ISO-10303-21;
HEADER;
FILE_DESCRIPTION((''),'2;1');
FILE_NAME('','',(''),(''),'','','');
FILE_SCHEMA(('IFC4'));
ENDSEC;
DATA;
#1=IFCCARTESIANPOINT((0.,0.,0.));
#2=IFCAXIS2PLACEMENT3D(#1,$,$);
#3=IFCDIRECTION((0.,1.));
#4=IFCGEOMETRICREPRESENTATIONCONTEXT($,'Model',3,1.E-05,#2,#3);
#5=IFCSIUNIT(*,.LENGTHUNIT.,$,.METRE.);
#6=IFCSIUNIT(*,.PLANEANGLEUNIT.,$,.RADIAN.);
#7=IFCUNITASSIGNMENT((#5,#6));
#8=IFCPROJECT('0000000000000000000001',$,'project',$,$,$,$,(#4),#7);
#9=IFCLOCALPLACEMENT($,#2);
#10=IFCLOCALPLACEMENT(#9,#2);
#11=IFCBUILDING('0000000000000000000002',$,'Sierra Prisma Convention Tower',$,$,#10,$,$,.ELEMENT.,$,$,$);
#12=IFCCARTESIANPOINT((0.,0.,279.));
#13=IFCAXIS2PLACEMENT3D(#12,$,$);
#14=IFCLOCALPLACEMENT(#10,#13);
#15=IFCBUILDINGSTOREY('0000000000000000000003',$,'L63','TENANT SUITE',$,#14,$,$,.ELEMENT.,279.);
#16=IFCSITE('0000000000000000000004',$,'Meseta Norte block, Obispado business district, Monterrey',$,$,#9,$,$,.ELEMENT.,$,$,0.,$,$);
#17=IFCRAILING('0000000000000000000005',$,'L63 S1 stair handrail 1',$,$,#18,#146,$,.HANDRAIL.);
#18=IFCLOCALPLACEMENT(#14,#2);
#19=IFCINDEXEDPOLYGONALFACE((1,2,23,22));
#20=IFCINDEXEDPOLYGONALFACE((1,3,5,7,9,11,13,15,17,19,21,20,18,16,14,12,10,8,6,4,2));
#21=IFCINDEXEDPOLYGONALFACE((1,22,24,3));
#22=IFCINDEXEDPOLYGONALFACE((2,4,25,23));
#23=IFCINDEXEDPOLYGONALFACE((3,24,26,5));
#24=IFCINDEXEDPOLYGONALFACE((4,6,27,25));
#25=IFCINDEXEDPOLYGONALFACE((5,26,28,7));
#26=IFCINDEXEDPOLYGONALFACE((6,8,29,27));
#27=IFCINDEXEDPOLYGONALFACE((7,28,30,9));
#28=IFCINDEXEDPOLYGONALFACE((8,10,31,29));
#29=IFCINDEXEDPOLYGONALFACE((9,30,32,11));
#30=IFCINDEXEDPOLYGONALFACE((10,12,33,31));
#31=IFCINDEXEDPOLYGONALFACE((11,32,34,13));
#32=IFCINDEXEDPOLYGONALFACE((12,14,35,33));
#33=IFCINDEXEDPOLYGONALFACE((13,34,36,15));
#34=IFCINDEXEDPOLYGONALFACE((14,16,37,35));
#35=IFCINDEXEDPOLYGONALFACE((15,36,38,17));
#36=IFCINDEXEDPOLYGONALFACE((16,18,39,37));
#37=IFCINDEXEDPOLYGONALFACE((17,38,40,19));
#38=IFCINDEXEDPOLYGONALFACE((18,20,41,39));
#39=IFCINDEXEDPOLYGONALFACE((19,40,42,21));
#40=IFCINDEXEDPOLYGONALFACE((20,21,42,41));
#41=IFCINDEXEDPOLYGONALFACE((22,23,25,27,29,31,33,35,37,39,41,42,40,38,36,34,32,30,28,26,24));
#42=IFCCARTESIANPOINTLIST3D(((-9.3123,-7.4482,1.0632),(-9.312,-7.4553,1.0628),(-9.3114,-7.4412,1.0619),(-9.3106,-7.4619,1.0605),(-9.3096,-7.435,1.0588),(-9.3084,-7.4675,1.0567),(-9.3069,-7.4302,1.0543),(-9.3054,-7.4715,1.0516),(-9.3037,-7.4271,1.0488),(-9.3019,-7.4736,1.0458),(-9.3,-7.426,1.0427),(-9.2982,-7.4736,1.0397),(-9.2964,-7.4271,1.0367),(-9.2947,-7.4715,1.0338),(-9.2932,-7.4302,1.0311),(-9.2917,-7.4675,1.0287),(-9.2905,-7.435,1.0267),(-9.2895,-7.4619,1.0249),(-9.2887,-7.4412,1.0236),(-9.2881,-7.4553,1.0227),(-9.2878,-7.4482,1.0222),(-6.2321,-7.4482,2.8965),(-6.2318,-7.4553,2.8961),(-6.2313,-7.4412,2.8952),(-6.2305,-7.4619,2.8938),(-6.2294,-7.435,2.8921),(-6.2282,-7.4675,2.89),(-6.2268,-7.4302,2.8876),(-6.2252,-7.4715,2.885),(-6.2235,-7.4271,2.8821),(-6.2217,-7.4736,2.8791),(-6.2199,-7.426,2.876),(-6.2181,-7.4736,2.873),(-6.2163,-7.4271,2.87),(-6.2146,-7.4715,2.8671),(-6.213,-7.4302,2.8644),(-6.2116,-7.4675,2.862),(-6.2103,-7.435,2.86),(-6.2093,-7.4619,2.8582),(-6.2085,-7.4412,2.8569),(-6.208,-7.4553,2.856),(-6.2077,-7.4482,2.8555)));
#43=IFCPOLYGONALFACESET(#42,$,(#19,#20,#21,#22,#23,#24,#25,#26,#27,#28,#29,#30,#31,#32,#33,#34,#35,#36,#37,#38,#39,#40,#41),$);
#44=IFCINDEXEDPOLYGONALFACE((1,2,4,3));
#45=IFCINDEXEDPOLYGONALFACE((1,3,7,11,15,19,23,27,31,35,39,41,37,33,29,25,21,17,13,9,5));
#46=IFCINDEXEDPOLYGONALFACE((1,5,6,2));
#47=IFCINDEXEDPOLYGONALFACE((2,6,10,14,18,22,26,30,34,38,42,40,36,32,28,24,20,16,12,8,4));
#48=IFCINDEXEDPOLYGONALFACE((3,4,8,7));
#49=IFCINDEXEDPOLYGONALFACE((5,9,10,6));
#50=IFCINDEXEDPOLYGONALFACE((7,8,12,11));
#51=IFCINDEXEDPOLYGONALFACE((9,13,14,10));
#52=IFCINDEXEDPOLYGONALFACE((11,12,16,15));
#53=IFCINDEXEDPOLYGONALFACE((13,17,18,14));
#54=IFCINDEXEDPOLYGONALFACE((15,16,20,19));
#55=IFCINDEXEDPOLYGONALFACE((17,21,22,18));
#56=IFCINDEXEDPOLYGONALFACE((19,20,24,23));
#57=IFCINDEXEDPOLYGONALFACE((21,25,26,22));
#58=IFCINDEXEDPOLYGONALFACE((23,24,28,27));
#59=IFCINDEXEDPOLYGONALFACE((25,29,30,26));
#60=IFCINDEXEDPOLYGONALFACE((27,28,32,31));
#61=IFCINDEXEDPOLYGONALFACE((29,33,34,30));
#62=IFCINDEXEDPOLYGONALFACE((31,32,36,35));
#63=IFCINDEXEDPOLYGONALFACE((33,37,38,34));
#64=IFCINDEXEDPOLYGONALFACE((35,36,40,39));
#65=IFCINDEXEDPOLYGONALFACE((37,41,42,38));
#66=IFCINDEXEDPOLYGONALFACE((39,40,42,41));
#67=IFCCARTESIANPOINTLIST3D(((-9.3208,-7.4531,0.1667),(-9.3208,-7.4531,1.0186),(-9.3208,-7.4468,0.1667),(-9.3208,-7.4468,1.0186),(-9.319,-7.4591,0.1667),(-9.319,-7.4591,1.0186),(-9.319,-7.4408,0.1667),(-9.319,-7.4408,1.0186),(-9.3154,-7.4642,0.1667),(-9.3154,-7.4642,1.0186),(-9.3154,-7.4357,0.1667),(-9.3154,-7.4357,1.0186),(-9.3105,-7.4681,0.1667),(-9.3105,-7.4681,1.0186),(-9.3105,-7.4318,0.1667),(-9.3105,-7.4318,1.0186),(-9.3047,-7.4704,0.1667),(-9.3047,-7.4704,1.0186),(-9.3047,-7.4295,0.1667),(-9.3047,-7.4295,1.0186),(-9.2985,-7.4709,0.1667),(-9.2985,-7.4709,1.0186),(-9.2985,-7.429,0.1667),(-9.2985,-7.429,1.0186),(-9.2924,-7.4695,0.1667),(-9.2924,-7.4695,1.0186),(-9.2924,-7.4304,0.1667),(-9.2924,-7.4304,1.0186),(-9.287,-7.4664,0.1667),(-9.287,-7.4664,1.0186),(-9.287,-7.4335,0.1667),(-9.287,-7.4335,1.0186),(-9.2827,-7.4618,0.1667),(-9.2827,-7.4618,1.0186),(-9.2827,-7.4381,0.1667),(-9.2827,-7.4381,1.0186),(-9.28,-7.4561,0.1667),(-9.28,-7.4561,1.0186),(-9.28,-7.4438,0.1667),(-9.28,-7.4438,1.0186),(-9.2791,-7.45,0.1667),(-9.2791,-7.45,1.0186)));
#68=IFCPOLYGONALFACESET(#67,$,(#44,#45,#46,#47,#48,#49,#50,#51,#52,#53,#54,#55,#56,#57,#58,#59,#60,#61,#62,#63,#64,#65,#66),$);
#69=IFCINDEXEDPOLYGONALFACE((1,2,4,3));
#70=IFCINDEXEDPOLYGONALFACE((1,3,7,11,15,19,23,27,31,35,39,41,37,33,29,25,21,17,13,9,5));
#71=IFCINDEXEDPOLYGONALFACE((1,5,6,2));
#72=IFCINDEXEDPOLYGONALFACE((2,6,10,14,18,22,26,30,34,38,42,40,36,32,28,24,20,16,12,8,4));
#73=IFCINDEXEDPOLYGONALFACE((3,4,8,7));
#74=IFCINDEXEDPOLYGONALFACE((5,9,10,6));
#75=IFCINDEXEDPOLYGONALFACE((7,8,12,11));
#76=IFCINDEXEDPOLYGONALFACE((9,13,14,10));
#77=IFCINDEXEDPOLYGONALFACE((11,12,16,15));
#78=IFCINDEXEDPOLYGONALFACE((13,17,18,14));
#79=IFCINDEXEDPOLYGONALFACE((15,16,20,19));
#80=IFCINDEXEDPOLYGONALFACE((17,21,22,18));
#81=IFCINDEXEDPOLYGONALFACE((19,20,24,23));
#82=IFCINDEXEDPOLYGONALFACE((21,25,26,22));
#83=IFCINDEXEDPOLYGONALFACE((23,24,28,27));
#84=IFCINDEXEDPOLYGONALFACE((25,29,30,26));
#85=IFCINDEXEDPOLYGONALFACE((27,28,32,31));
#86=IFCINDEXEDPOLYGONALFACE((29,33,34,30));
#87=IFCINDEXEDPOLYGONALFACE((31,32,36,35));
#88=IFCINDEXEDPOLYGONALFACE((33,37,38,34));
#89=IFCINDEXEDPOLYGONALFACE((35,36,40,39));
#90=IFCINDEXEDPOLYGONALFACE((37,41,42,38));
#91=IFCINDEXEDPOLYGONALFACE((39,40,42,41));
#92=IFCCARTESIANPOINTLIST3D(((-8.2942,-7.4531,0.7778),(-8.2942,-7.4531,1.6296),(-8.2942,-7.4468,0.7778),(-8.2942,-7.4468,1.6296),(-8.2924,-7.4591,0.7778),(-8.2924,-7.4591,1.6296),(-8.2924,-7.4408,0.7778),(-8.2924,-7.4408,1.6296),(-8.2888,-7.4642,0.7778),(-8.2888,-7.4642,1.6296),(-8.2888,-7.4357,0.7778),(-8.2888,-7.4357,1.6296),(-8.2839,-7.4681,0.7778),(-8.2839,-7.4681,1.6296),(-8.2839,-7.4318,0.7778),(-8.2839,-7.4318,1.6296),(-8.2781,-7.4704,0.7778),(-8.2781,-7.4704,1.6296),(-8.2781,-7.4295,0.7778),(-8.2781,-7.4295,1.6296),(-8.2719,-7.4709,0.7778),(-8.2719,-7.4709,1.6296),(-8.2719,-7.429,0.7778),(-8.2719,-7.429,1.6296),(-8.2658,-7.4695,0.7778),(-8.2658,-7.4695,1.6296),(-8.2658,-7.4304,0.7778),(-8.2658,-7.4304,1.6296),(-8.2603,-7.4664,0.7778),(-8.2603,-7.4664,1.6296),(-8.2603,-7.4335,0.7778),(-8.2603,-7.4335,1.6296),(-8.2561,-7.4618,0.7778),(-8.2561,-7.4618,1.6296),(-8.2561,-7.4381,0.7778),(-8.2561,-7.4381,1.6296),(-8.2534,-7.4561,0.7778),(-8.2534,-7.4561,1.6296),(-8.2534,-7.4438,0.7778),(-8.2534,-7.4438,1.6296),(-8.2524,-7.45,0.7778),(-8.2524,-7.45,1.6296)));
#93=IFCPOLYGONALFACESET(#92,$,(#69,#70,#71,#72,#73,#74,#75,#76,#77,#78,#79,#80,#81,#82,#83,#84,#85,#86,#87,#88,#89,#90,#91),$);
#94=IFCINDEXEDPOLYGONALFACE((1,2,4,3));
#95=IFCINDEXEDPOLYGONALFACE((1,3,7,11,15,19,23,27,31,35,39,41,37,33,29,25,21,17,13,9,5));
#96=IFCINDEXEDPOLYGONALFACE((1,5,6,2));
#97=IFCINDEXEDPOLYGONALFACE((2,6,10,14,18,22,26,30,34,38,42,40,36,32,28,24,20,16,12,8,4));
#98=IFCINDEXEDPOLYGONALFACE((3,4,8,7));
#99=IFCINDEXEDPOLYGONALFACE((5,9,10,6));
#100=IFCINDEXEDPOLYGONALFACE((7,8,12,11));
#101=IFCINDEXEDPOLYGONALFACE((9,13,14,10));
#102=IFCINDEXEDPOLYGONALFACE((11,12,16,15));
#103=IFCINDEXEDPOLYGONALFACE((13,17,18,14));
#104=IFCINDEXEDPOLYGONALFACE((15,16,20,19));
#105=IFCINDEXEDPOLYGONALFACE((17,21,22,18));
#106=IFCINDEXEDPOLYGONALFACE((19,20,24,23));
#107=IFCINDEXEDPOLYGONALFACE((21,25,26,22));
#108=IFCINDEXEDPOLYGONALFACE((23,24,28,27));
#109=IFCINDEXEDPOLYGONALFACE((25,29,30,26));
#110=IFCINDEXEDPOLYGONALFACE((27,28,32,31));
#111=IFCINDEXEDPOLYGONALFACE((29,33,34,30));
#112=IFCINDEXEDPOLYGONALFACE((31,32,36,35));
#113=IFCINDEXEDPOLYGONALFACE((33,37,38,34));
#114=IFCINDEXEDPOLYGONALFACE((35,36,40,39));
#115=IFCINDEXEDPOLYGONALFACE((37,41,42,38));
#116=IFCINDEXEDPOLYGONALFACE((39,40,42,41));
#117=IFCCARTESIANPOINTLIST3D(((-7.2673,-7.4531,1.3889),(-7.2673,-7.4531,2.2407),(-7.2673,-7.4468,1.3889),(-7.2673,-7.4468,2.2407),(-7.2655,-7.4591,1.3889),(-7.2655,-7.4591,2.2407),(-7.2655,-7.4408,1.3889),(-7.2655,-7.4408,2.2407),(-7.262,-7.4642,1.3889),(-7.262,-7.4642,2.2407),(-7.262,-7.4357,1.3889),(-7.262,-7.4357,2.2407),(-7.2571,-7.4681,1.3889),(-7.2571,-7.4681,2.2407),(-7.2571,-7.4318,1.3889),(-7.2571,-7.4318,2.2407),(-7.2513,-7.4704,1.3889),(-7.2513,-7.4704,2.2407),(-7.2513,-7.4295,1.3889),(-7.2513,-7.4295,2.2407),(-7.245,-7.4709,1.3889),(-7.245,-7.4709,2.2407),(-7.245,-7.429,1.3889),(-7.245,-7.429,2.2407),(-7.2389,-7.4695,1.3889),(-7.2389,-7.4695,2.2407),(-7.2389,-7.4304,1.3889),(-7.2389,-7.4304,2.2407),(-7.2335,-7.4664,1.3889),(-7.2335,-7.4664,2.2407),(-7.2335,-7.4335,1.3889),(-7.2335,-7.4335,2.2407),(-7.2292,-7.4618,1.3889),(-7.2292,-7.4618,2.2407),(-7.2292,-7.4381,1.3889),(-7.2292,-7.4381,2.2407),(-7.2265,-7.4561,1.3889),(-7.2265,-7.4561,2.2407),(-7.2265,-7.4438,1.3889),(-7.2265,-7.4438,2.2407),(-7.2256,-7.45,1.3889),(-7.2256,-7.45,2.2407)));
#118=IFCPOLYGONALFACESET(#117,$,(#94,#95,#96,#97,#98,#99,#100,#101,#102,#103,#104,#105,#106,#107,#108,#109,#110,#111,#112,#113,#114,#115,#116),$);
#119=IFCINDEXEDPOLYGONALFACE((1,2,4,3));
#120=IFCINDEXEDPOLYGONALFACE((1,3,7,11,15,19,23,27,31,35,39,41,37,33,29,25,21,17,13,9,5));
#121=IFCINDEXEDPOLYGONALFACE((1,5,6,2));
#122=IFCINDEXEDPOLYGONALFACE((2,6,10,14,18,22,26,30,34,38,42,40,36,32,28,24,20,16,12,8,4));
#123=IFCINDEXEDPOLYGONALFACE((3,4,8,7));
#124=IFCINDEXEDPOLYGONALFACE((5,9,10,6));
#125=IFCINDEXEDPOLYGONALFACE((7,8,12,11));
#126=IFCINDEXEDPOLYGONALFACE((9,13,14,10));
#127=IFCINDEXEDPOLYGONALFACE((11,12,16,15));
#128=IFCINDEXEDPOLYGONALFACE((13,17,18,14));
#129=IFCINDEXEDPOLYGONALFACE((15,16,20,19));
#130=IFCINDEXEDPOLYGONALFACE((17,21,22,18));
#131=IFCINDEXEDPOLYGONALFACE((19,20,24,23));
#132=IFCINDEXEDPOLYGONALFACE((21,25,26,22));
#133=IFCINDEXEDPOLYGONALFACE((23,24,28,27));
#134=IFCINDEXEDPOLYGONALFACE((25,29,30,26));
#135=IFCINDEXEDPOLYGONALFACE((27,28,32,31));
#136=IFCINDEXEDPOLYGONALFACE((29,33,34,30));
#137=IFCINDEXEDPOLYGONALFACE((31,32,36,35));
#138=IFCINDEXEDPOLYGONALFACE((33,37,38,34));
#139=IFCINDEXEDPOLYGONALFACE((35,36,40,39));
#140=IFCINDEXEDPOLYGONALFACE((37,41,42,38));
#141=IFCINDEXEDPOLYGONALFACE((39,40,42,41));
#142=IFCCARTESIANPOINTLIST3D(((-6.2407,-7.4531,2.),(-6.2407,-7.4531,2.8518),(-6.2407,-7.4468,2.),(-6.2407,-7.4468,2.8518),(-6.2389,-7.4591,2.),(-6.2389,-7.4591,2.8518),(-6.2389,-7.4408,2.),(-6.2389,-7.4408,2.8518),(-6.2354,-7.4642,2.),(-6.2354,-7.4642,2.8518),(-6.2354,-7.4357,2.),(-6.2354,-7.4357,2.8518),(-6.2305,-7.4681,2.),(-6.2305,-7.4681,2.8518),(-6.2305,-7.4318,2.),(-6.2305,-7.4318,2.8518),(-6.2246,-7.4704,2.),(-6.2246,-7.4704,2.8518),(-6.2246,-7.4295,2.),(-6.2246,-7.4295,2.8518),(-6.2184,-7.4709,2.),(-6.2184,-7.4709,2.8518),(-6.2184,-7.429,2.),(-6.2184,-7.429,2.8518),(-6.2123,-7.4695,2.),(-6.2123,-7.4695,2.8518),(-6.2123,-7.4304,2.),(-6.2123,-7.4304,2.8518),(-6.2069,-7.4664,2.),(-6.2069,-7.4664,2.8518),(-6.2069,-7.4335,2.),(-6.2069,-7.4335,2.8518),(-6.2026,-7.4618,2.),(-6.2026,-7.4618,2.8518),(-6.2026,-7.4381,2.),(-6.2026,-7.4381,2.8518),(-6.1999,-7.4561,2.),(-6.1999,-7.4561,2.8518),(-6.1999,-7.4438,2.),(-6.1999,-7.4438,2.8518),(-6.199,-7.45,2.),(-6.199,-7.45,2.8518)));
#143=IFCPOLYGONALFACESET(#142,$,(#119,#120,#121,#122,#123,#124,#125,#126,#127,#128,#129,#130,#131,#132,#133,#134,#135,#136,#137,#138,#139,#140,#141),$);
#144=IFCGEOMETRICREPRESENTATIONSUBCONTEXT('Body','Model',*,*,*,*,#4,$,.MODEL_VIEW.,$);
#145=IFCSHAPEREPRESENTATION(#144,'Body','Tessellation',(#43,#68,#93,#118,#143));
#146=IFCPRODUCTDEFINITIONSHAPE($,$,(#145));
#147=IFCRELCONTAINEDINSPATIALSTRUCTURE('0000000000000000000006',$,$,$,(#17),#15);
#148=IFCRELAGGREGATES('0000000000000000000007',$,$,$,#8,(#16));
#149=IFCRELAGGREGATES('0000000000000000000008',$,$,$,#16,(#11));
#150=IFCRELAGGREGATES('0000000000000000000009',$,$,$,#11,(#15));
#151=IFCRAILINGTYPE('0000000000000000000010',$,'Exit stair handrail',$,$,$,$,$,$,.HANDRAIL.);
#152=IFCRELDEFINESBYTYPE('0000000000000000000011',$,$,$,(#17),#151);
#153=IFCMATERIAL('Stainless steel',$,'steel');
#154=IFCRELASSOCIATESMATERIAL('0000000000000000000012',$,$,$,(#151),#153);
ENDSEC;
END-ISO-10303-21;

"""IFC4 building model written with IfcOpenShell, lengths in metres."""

from ifc_helpers import new_model, si_unit, direction, frame, origin, origin_2d, place, context, subcontext, project, spatial, circle, extrude, material, type_object, element, save


model = new_model("IFC4")

# Units and contexts
model_context = context("Model", 3, precision=1e-05, world=origin(), true_north=direction((0.0, 1.0)))
body_context = subcontext(model_context, "Body", "Model", "MODEL_VIEW")
ifc_project = project(units=[si_unit("LENGTHUNIT", "METRE"), si_unit("PLANEANGLEUNIT", "RADIAN")], contexts=[model_context])

# Site, building, storey
site_placement = place(None, origin())
site = spatial("IfcSite", under=ifc_project, at=site_placement, Name="Meseta Norte block, Obispado business district, Monterrey", CompositionType="ELEMENT", RefElevation=0.0)
building_placement = place(site_placement, origin())
building = spatial("IfcBuilding", under=site, at=building_placement, Name="Sierra Prisma Convention Tower", CompositionType="ELEMENT")
storey_placement = place(building_placement, frame((0.0, 0.0, 279.0)))
storey = spatial("IfcBuildingStorey", under=building, at=storey_placement, Name="L63", Description="TENANT SUITE", CompositionType="ELEMENT", Elevation=279.0)

# Railing
ifc_material_1 = material(Name="Stainless steel", Category="steel")
railing_type_1 = type_object("IfcRailingType", Name="Exit stair handrail", PredefinedType="HANDRAIL", material=ifc_material_1)
railing_1_placement = place(storey_placement, frame((-9.3, -7.45, 0.1667)))
element("IfcRailing", 1, at=railing_1_placement, inside=storey, type_object=railing_type_1, Name="L63 S1 stair handrail 1", PredefinedType="HANDRAIL", context=body_context, shape_type="SweptSolid", body=[
    extrude(circle(Radius=0.0239, at=origin_2d()), frame((0.0, 0.0, 0.876), z_axis=(0.859309, 0.0, 0.511458), x_axis=(0.0, 1.0, 0.0)), (0.0, 0.0, 1.0), 3.5845),
    extrude(circle(Radius=0.021, at=origin_2d()), origin(), (0.0, 0.0, 1.0), 0.8518),
    extrude(circle(Radius=0.021, at=origin_2d()), frame((1.0266, 0.0, 0.6111)), (0.0, 0.0, 1.0), 0.8518),
    extrude(circle(Radius=0.021, at=origin_2d()), frame((2.0535, 0.0, 1.2222)), (0.0, 0.0, 1.0), 0.8518),
    extrude(circle(Radius=0.021, at=origin_2d()), frame((3.0801, 0.0, 1.8333)), (0.0, 0.0, 1.0), 0.8518),
])

save(model, "model.ifc")
